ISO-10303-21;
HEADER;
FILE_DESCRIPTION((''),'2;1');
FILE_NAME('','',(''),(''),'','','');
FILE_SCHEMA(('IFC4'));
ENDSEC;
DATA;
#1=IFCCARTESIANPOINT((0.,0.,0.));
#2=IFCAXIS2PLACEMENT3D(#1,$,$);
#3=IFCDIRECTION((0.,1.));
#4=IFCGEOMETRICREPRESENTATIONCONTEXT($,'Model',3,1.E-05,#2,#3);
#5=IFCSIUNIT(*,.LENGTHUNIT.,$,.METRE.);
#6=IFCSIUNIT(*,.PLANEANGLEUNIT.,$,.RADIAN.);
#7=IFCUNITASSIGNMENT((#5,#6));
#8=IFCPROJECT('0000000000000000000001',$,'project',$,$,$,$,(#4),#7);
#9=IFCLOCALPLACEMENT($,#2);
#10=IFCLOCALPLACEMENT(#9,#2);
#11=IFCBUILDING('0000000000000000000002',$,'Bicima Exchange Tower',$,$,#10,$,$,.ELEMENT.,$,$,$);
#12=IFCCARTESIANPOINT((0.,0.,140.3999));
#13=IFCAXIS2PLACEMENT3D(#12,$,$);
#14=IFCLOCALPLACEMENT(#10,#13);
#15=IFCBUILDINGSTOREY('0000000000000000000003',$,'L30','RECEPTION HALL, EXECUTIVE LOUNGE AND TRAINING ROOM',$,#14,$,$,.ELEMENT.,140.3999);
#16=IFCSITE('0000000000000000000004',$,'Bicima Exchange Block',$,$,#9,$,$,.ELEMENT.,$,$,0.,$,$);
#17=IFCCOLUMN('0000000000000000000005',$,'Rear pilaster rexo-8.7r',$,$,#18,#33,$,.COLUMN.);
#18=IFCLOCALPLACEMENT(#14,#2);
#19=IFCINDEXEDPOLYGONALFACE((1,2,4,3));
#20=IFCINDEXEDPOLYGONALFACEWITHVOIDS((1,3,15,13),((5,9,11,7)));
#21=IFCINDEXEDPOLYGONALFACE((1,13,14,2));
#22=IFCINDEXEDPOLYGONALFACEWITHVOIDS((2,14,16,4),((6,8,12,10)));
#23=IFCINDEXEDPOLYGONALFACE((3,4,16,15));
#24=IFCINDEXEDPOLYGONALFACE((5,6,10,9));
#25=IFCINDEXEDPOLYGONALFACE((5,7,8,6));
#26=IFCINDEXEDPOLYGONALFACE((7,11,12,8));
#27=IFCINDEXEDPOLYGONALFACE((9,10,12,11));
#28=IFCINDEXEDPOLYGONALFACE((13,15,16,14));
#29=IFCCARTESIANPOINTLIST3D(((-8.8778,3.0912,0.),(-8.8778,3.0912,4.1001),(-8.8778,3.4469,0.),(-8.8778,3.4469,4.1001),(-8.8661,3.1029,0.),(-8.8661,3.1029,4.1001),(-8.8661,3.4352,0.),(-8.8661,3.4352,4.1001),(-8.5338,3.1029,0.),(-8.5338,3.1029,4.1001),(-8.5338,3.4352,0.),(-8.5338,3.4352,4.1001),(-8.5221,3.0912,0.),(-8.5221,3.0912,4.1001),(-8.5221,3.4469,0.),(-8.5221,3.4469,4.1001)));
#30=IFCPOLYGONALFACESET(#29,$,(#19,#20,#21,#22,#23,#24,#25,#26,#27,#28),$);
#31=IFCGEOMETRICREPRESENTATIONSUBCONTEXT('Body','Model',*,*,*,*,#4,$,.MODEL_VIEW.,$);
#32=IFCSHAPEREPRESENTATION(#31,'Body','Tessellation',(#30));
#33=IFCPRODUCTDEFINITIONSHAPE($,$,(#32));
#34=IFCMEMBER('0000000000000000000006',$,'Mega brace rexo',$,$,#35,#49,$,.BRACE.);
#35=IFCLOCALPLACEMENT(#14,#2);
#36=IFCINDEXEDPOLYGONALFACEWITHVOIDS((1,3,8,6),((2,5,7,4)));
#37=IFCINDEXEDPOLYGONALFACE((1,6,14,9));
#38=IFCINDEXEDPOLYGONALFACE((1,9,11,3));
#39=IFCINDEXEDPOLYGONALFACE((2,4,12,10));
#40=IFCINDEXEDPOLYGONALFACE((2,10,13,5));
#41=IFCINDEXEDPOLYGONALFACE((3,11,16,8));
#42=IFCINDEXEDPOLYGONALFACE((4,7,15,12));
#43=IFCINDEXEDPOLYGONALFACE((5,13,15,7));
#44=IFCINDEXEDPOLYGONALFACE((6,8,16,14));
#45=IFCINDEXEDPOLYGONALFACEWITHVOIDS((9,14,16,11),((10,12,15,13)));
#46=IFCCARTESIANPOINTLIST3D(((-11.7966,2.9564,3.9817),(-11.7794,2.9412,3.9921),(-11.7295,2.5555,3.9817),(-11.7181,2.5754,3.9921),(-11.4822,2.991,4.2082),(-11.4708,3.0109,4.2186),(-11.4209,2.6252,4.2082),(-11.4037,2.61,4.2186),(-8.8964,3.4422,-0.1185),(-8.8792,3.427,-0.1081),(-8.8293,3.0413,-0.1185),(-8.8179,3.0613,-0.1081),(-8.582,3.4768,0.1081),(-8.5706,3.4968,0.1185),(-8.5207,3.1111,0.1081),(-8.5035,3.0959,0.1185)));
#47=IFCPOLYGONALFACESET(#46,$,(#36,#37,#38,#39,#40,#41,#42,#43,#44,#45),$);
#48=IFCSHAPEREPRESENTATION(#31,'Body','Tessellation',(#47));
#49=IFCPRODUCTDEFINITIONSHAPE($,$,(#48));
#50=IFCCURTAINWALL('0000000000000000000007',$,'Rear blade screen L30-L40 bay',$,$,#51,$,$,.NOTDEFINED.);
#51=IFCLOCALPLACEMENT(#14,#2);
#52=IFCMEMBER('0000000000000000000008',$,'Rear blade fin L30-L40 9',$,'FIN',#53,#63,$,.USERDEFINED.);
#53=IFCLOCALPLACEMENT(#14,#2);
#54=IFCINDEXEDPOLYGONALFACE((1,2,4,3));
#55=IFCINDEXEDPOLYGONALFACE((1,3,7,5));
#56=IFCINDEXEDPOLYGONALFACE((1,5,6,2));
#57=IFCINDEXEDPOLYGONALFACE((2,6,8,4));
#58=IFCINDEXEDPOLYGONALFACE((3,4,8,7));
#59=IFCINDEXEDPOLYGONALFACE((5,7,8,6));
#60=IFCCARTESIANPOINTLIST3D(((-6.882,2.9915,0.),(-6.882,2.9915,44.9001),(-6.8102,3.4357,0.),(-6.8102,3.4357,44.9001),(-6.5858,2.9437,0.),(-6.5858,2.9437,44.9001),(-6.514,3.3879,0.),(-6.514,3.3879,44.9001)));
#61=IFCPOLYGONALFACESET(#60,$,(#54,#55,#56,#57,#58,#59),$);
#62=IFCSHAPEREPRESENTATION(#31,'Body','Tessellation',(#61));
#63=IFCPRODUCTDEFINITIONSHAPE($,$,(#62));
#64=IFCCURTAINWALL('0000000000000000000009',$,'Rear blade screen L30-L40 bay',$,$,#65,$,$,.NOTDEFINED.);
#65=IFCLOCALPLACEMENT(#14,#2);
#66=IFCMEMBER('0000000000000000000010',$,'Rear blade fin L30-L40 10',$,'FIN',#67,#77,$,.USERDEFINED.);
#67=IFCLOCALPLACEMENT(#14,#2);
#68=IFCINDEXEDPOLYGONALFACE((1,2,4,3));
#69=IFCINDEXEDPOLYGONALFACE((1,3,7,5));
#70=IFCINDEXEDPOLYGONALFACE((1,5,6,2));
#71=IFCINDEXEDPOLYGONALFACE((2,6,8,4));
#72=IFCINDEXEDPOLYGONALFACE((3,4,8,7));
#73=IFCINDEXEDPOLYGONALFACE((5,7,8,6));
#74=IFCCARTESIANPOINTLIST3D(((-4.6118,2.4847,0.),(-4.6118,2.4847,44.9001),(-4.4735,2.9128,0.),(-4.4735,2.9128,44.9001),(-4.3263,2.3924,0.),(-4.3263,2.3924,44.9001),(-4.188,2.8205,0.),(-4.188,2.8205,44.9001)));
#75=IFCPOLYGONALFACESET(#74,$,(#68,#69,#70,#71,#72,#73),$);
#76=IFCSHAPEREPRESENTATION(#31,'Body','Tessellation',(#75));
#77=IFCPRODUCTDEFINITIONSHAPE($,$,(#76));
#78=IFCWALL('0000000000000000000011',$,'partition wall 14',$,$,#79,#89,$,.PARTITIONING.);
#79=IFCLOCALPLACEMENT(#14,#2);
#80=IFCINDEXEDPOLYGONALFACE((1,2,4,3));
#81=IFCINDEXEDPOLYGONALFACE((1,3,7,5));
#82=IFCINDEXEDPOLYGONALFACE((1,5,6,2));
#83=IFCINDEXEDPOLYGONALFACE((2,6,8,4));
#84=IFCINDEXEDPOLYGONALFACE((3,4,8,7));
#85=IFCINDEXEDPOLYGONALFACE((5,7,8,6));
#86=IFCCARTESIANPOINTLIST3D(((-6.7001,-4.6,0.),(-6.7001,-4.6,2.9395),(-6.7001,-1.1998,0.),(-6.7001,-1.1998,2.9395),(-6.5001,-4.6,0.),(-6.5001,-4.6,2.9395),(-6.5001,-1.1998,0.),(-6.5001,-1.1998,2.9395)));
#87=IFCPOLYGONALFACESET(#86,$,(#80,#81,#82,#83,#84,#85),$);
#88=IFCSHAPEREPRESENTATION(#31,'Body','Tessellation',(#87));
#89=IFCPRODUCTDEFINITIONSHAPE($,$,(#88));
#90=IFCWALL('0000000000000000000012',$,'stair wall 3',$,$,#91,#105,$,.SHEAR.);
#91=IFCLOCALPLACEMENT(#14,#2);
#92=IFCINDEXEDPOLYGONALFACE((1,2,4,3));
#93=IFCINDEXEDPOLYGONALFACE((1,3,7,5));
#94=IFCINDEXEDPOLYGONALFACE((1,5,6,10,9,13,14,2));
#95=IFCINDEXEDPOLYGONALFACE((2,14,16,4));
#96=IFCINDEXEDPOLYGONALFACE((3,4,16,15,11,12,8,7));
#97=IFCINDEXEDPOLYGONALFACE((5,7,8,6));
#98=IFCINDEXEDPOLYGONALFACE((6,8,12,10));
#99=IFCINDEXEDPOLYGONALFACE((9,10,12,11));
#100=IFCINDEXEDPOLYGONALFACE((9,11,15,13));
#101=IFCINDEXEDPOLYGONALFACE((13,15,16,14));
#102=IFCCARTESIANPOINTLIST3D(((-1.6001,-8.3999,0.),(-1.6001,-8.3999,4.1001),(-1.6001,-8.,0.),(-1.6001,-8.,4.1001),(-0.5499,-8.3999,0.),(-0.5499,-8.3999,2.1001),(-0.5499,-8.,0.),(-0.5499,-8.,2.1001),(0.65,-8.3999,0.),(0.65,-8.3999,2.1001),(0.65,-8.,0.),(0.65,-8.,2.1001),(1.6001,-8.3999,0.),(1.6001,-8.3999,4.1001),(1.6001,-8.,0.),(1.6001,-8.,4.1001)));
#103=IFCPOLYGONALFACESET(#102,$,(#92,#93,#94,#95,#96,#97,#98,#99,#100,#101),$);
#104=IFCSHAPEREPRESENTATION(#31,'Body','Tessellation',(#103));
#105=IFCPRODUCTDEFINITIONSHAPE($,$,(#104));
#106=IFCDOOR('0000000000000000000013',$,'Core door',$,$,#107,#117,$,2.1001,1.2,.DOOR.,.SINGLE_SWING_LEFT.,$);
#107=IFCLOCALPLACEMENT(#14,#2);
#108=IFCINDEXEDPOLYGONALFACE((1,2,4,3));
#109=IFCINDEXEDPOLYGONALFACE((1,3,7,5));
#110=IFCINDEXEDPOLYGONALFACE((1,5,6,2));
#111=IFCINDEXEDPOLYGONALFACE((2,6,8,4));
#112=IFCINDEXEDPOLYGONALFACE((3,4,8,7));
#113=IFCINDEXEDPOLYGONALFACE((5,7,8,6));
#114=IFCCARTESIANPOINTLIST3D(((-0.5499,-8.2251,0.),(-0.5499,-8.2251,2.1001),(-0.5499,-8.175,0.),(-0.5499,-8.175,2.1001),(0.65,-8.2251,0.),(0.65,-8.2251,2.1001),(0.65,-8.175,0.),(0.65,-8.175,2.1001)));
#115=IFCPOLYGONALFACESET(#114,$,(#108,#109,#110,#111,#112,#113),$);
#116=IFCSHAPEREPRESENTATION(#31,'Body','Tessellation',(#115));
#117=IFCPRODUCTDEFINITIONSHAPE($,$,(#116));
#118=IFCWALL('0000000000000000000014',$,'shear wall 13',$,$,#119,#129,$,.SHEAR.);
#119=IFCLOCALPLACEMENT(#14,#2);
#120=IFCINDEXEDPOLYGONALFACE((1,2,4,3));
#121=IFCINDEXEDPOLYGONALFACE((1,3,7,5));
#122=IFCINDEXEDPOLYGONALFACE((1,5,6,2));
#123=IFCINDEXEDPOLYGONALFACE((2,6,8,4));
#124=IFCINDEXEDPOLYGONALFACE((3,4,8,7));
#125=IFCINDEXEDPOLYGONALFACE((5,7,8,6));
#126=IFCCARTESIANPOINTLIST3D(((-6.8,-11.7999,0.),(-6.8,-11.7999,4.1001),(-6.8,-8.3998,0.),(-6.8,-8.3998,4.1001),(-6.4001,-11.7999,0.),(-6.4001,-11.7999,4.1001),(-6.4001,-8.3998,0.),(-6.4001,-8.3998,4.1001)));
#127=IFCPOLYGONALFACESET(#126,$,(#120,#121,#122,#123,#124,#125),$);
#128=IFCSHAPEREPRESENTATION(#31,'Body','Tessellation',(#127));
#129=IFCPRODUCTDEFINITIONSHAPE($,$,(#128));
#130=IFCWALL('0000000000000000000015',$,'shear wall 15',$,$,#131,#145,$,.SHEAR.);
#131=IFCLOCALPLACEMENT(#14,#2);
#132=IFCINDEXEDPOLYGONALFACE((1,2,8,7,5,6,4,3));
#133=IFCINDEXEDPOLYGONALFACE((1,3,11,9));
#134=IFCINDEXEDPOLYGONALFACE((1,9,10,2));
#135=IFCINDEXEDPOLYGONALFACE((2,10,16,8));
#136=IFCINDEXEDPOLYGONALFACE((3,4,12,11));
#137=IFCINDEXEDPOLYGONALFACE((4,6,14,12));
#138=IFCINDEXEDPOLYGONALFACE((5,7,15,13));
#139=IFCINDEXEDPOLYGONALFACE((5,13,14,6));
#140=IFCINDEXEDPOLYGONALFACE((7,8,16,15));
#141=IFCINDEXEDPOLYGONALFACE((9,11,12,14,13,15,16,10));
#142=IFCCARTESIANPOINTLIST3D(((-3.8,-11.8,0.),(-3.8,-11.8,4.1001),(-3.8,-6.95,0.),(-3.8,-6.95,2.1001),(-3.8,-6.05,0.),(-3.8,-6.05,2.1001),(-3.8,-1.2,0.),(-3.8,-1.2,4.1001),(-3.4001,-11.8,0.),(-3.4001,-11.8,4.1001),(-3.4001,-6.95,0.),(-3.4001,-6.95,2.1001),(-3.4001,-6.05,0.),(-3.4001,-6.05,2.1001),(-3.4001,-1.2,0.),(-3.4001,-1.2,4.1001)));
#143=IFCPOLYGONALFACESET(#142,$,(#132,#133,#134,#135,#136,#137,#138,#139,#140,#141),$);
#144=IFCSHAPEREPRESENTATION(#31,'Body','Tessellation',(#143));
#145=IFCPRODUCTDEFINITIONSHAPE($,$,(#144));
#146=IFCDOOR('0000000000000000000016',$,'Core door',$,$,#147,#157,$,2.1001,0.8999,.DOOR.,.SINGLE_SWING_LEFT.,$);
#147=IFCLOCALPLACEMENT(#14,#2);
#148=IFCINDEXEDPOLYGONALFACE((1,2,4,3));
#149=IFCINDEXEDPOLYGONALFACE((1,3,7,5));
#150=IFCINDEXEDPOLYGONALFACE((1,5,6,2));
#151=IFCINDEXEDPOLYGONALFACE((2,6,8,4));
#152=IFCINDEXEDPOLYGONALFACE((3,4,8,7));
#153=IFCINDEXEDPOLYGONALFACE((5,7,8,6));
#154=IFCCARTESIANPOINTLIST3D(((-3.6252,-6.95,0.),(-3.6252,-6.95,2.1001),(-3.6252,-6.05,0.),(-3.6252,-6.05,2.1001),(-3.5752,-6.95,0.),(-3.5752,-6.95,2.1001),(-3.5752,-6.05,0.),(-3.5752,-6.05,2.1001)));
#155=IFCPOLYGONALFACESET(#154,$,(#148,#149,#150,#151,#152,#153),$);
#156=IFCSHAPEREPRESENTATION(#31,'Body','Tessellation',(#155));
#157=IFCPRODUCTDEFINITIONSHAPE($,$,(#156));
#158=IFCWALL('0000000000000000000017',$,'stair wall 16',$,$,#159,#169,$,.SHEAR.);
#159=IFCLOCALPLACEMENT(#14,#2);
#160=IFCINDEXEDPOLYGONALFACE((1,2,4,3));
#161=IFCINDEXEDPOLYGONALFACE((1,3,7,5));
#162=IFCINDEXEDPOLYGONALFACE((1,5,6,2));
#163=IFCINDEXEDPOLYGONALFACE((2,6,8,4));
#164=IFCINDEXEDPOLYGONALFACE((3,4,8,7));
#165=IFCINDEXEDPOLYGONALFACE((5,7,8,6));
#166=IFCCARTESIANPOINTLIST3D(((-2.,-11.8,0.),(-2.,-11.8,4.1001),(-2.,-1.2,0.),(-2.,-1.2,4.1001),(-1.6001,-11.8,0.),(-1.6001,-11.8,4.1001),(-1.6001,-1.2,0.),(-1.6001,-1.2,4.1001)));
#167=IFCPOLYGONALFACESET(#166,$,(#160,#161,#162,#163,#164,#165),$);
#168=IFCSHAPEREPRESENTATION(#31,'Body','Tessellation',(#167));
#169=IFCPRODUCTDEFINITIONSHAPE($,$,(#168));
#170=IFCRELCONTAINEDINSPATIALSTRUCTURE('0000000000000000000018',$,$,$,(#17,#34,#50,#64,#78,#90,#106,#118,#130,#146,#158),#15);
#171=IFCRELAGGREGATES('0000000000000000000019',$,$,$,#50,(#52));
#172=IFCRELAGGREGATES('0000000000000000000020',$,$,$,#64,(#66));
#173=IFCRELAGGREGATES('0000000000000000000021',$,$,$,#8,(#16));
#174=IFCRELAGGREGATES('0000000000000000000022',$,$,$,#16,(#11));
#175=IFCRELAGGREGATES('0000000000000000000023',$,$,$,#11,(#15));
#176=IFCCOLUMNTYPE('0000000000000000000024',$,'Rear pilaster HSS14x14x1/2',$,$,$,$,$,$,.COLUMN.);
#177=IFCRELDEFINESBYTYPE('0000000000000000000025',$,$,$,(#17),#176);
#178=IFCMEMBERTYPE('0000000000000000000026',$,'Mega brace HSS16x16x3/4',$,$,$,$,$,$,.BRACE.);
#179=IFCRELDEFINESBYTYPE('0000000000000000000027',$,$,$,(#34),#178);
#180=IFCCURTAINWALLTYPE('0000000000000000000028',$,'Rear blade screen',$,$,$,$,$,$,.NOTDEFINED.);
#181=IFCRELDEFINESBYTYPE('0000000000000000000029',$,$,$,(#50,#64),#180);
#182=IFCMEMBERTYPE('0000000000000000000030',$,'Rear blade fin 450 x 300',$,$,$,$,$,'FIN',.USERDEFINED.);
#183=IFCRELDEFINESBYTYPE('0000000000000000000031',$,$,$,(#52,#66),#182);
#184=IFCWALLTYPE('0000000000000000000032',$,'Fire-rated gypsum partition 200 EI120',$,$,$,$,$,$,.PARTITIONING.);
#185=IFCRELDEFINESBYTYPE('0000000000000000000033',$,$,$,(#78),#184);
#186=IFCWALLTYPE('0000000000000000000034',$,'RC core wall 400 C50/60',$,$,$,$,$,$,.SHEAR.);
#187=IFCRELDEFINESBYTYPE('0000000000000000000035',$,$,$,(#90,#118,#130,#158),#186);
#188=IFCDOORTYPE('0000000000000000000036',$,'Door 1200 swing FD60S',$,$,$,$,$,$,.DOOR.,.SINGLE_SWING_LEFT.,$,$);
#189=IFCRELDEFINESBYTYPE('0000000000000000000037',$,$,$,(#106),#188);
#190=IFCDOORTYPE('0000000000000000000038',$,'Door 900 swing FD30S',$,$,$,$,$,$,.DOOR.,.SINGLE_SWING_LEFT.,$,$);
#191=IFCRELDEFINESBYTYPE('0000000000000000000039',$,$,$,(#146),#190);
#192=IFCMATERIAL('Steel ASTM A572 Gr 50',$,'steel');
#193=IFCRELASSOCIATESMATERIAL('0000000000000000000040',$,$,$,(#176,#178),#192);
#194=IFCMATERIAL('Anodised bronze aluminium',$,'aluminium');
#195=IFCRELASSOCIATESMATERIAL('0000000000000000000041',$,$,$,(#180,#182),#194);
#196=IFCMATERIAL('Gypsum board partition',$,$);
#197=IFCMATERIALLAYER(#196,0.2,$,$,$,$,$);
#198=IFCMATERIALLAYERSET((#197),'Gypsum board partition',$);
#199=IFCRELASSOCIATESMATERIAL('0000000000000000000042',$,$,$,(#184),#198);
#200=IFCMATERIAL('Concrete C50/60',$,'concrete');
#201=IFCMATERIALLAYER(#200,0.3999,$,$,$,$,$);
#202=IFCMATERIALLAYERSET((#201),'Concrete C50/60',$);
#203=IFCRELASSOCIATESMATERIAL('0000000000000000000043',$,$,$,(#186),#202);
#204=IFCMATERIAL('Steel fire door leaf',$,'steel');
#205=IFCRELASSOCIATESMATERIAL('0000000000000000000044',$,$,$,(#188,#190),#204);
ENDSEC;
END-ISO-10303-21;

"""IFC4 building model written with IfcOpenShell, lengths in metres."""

from ifc_helpers import new_model, si_unit, direction, frame, frame_2d, origin, origin_2d, place, context, subcontext, project, spatial, rectangle, hollow_rectangle, extrude, material, layer, layer_set, material_profile, profile_set, type_object, element, fill, aggregate, save


model = new_model("IFC4")

# Units and contexts
model_context = context("Model", 3, precision=1e-05, world=origin(), true_north=direction((0.0, 1.0)))
body_context = subcontext(model_context, "Body", "Model", "MODEL_VIEW")
ifc_project = project(units=[si_unit("LENGTHUNIT", "METRE"), si_unit("PLANEANGLEUNIT", "RADIAN")], contexts=[model_context])

# Site, building, storey
site_placement = place(None, origin())
site = spatial("IfcSite", under=ifc_project, at=site_placement, Name="Bicima Exchange Block", CompositionType="ELEMENT", RefElevation=0.0)
building_placement = place(site_placement, origin())
building = spatial("IfcBuilding", under=site, at=building_placement, Name="Bicima Exchange Tower", CompositionType="ELEMENT")
storey_placement = place(building_placement, frame((0.0, 0.0, 140.3999)))
storey = spatial("IfcBuildingStorey", under=building, at=storey_placement, Name="L30", Description="RECEPTION HALL, EXECUTIVE LOUNGE AND TRAINING ROOM", CompositionType="ELEMENT", Elevation=140.3999)

# Column
ifc_material_1 = material(Name="Steel ASTM A572 Gr 50", Category="steel")
ifc_material_profile_1 = material_profile(ifc_material_1, hollow_rectangle(XDim=0.3557, YDim=0.3557, WallThickness=0.0117, at=origin_2d()))
ifc_profile_set_1 = profile_set([ifc_material_profile_1], Name="Steel ASTM A572 Gr 50")
column_type = type_object("IfcColumnType", Name="Rear pilaster HSS14x14x1/2", PredefinedType="COLUMN", material=ifc_profile_set_1)
column_placement = place(storey_placement, frame((-8.7, 3.269, 0.0), z_axis=(0.0, 0.0, 1.0), x_axis=(1.0, 0.0, 0.0)))
element("IfcColumn", 1, at=column_placement, inside=storey, type_object=column_type, Name="Rear pilaster rexo-8.7r", PredefinedType="COLUMN", context=body_context, shape_type="SweptSolid", body=[
    extrude(hollow_rectangle(XDim=0.3557, YDim=0.3557, WallThickness=0.0117, at=origin_2d()), origin(), (0.0, 0.0, 1.0), 4.1001),
])

# Member
ifc_material_profile_2 = material_profile(ifc_material_1, hollow_rectangle(XDim=0.4065, YDim=0.4065, WallThickness=0.0178, at=origin_2d()))
ifc_profile_set_2 = profile_set([ifc_material_profile_2], Name="Steel ASTM A572 Gr 50")
member_type_1 = type_object("IfcMemberType", Name="Mega brace HSS16x16x3/4", PredefinedType="BRACE", material=ifc_profile_set_2)
member_1_placement = place(storey_placement, frame((-8.7, 3.269, 0.0), z_axis=(-0.574792, -0.096291, 0.812615), x_axis=(0.16522, -0.986257, 0.0)))
element("IfcMember", 2, at=member_1_placement, inside=storey, type_object=member_type_1, Name="Mega brace rexo", PredefinedType="BRACE", context=body_context, shape_type="SweptSolid", body=[
    extrude(hollow_rectangle(XDim=0.4065, YDim=0.4065, WallThickness=0.0178, at=origin_2d()), origin(), (0.0, 0.0, 1.0), 5.0457),
])

# Curtain walls, members
ifc_material_2 = material(Name="Anodised bronze aluminium", Category="aluminium")
curtain_wall_type = type_object("IfcCurtainWallType", Name="Rear blade screen", PredefinedType="NOTDEFINED", material=ifc_material_2)
curtain_wall_1_placement = place(storey_placement, origin())
curtain_wall_1 = element("IfcCurtainWall", 3, at=curtain_wall_1_placement, inside=storey, type_object=curtain_wall_type, Name="Rear blade screen L30-L40 bay", PredefinedType="NOTDEFINED")
ifc_material_profile_3 = material_profile(ifc_material_2, rectangle(XDim=0.45, YDim=0.3, at=origin_2d()))
ifc_profile_set_3 = profile_set([ifc_material_profile_3], Name="Anodised bronze aluminium")
member_type_2 = type_object("IfcMemberType", Name="Rear blade fin 450 x 300", ElementType="FIN", PredefinedType="USERDEFINED", material=ifc_profile_set_3)
member_2_placement = place(storey_placement, frame((-6.698, 3.1897, 0.0), z_axis=(0.0, 0.0, 1.0), x_axis=(0.159549, 0.98719, 0.0)))
member_2 = element("IfcMember", 4, at=member_2_placement, type_object=member_type_2, Name="Rear blade fin L30-L40 9", ObjectType="FIN", PredefinedType="USERDEFINED", context=body_context, shape_type="SweptSolid", body=[
    extrude(rectangle(XDim=0.45, YDim=0.3, at=origin_2d()), origin(), (0.0, 0.0, 1.0), 44.9001),
])
aggregate(curtain_wall_1, [member_2])
curtain_wall_2_placement = place(storey_placement, origin())
curtain_wall_2 = element("IfcCurtainWall", 5, at=curtain_wall_2_placement, inside=storey, type_object=curtain_wall_type, Name="Rear blade screen L30-L40 bay", PredefinedType="NOTDEFINED")
member_3_placement = place(storey_placement, frame((-4.3999, 2.6526, 0.0), z_axis=(0.0, 0.0, 1.0), x_axis=(0.307568, 0.951526, 0.0)))
member_3 = element("IfcMember", 6, at=member_3_placement, type_object=member_type_2, Name="Rear blade fin L30-L40 10", ObjectType="FIN", PredefinedType="USERDEFINED", context=body_context, shape_type="SweptSolid", body=[
    extrude(rectangle(XDim=0.45, YDim=0.3, at=origin_2d()), origin(), (0.0, 0.0, 1.0), 44.9001),
])
aggregate(curtain_wall_2, [member_3])

# Wall
ifc_material_3 = material(Name="Gypsum board partition")
ifc_layer_1 = layer(ifc_material_3, 0.2)
ifc_layer_set_1 = layer_set([ifc_layer_1], Name="Gypsum board partition")
wall_type_1 = type_object("IfcWallType", Name="Fire-rated gypsum partition 200 EI120", PredefinedType="PARTITIONING", material=ifc_layer_set_1)
wall_1_placement = place(storey_placement, frame((-6.6001, -4.6001, 0.0), z_axis=(0.0, 0.0, 1.0), x_axis=(0.0, 1.0, 0.0)))
element("IfcWall", 7, at=wall_1_placement, inside=storey, type_object=wall_type_1, Name="partition wall 14", PredefinedType="PARTITIONING", context=body_context, shape_type="SweptSolid", body=[
    extrude(rectangle(XDim=3.4001, YDim=0.2, at=frame_2d((1.7002, 0.0))), origin(), (0.0, 0.0, 1.0), 2.9395),
])

# Wall, opening, door
ifc_material_4 = material(Name="Concrete C50/60", Category="concrete")
ifc_layer_2 = layer(ifc_material_4, 0.3999)
ifc_layer_set_2 = layer_set([ifc_layer_2], Name="Concrete C50/60")
wall_type_2 = type_object("IfcWallType", Name="RC core wall 400 C50/60", PredefinedType="SHEAR", material=ifc_layer_set_2)
wall_2_placement = place(storey_placement, frame((-1.6001, -8.2, 0.0), z_axis=(0.0, 0.0, 1.0), x_axis=(1.0, 0.0, 0.0)))
wall_2 = element("IfcWall", 8, at=wall_2_placement, inside=storey, type_object=wall_type_2, Name="stair wall 3", PredefinedType="SHEAR", context=body_context, shape_type="SweptSolid", body=[
    extrude(rectangle(XDim=3.2002, YDim=0.3999, at=frame_2d((1.6001, 0.0))), origin(), (0.0, 0.0, 1.0), 4.1001),
])
opening_1_placement = place(wall_2_placement, frame((1.05, 0.0, 0.0)))
opening_1 = element("IfcOpeningElement", 9, at=opening_1_placement, cuts=wall_2, PredefinedType="OPENING", context=body_context, shape_type="SweptSolid", body=[
    extrude(rectangle(XDim=1.2, YDim=2.1001, at=frame_2d((0.6001, 1.05))), frame((0.0, 0.2119, 0.0), z_axis=(0.0, -1.0, 0.0), x_axis=(1.0, 0.0, 0.0)), (0.0, 0.0, 1.0), 0.4238),
])
ifc_material_5 = material(Name="Steel fire door leaf", Category="steel")
door_type_1 = type_object("IfcDoorType", Name="Door 1200 swing FD60S", OperationType="SINGLE_SWING_LEFT", PredefinedType="DOOR", material=ifc_material_5)
door_1_placement = place(opening_1_placement, origin())
door_1 = element("IfcDoor", 10, at=door_1_placement, inside=storey, type_object=door_type_1, Name="Core door", OperationType="SINGLE_SWING_LEFT", OverallHeight=2.1001, OverallWidth=1.2, PredefinedType="DOOR", context=body_context, shape_type="SweptSolid", body=[
    extrude(rectangle(XDim=1.2, YDim=2.1001, at=frame_2d((0.6001, 1.05))), frame((0.0, 0.0249, 0.0), z_axis=(0.0, -1.0, 0.0), x_axis=(1.0, 0.0, 0.0)), (0.0, 0.0, 1.0), 0.05),
])
fill(opening_1, door_1)

# Wall
wall_3_placement = place(storey_placement, frame((-6.6001, -11.8, 0.0), z_axis=(0.0, 0.0, 1.0), x_axis=(0.0, 1.0, 0.0)))
element("IfcWall", 11, at=wall_3_placement, inside=storey, type_object=wall_type_2, Name="shear wall 13", PredefinedType="SHEAR", context=body_context, shape_type="SweptSolid", body=[
    extrude(rectangle(XDim=3.4001, YDim=0.3999, at=frame_2d((1.7002, 0.0))), origin(), (0.0, 0.0, 1.0), 4.1001),
])

# Wall, opening, door
wall_4_placement = place(storey_placement, frame((-3.6001, -11.8, 0.0), z_axis=(0.0, 0.0, 1.0), x_axis=(0.0, 1.0, 0.0)))
wall_4 = element("IfcWall", 12, at=wall_4_placement, inside=storey, type_object=wall_type_2, Name="shear wall 15", PredefinedType="SHEAR", context=body_context, shape_type="SweptSolid", body=[
    extrude(rectangle(XDim=10.6001, YDim=0.3999, at=frame_2d((5.3, 0.0))), origin(), (0.0, 0.0, 1.0), 4.1001),
])
opening_2_placement = place(wall_4_placement, frame((4.8501, 0.0, 0.0)))
opening_2 = element("IfcOpeningElement", 13, at=opening_2_placement, cuts=wall_4, PredefinedType="OPENING", context=body_context, shape_type="SweptSolid", body=[
    extrude(rectangle(XDim=0.8999, YDim=2.1001, at=frame_2d((0.45, 1.05))), frame((0.0, 0.2119, 0.0), z_axis=(0.0, -1.0, 0.0), x_axis=(1.0, 0.0, 0.0)), (0.0, 0.0, 1.0), 0.4238),
])
door_type_2 = type_object("IfcDoorType", Name="Door 900 swing FD30S", OperationType="SINGLE_SWING_LEFT", PredefinedType="DOOR", material=ifc_material_5)
door_2_placement = place(opening_2_placement, frame((0.8999, 0.0, 0.0), z_axis=(0.0, 0.0, 1.0), x_axis=(-1.0, 0.0, 0.0)))
door_2 = element("IfcDoor", 14, at=door_2_placement, inside=storey, type_object=door_type_2, Name="Core door", OperationType="SINGLE_SWING_LEFT", OverallHeight=2.1001, OverallWidth=0.8999, PredefinedType="DOOR", context=body_context, shape_type="SweptSolid", body=[
    extrude(rectangle(XDim=0.8999, YDim=2.1001, at=frame_2d((0.45, 1.05))), frame((0.0, 0.0249, 0.0), z_axis=(0.0, -1.0, 0.0), x_axis=(1.0, 0.0, 0.0)), (0.0, 0.0, 1.0), 0.05),
])
fill(opening_2, door_2)

# Wall
wall_5_placement = place(storey_placement, frame((-1.8, -11.8, 0.0), z_axis=(0.0, 0.0, 1.0), x_axis=(0.0, 1.0, 0.0)))
element("IfcWall", 15, at=wall_5_placement, inside=storey, type_object=wall_type_2, Name="stair wall 16", PredefinedType="SHEAR", context=body_context, shape_type="SweptSolid", body=[
    extrude(rectangle(XDim=10.6001, YDim=0.3999, at=frame_2d((5.3, 0.0))), origin(), (0.0, 0.0, 1.0), 4.1001),
])

save(model, "model.ifc")
